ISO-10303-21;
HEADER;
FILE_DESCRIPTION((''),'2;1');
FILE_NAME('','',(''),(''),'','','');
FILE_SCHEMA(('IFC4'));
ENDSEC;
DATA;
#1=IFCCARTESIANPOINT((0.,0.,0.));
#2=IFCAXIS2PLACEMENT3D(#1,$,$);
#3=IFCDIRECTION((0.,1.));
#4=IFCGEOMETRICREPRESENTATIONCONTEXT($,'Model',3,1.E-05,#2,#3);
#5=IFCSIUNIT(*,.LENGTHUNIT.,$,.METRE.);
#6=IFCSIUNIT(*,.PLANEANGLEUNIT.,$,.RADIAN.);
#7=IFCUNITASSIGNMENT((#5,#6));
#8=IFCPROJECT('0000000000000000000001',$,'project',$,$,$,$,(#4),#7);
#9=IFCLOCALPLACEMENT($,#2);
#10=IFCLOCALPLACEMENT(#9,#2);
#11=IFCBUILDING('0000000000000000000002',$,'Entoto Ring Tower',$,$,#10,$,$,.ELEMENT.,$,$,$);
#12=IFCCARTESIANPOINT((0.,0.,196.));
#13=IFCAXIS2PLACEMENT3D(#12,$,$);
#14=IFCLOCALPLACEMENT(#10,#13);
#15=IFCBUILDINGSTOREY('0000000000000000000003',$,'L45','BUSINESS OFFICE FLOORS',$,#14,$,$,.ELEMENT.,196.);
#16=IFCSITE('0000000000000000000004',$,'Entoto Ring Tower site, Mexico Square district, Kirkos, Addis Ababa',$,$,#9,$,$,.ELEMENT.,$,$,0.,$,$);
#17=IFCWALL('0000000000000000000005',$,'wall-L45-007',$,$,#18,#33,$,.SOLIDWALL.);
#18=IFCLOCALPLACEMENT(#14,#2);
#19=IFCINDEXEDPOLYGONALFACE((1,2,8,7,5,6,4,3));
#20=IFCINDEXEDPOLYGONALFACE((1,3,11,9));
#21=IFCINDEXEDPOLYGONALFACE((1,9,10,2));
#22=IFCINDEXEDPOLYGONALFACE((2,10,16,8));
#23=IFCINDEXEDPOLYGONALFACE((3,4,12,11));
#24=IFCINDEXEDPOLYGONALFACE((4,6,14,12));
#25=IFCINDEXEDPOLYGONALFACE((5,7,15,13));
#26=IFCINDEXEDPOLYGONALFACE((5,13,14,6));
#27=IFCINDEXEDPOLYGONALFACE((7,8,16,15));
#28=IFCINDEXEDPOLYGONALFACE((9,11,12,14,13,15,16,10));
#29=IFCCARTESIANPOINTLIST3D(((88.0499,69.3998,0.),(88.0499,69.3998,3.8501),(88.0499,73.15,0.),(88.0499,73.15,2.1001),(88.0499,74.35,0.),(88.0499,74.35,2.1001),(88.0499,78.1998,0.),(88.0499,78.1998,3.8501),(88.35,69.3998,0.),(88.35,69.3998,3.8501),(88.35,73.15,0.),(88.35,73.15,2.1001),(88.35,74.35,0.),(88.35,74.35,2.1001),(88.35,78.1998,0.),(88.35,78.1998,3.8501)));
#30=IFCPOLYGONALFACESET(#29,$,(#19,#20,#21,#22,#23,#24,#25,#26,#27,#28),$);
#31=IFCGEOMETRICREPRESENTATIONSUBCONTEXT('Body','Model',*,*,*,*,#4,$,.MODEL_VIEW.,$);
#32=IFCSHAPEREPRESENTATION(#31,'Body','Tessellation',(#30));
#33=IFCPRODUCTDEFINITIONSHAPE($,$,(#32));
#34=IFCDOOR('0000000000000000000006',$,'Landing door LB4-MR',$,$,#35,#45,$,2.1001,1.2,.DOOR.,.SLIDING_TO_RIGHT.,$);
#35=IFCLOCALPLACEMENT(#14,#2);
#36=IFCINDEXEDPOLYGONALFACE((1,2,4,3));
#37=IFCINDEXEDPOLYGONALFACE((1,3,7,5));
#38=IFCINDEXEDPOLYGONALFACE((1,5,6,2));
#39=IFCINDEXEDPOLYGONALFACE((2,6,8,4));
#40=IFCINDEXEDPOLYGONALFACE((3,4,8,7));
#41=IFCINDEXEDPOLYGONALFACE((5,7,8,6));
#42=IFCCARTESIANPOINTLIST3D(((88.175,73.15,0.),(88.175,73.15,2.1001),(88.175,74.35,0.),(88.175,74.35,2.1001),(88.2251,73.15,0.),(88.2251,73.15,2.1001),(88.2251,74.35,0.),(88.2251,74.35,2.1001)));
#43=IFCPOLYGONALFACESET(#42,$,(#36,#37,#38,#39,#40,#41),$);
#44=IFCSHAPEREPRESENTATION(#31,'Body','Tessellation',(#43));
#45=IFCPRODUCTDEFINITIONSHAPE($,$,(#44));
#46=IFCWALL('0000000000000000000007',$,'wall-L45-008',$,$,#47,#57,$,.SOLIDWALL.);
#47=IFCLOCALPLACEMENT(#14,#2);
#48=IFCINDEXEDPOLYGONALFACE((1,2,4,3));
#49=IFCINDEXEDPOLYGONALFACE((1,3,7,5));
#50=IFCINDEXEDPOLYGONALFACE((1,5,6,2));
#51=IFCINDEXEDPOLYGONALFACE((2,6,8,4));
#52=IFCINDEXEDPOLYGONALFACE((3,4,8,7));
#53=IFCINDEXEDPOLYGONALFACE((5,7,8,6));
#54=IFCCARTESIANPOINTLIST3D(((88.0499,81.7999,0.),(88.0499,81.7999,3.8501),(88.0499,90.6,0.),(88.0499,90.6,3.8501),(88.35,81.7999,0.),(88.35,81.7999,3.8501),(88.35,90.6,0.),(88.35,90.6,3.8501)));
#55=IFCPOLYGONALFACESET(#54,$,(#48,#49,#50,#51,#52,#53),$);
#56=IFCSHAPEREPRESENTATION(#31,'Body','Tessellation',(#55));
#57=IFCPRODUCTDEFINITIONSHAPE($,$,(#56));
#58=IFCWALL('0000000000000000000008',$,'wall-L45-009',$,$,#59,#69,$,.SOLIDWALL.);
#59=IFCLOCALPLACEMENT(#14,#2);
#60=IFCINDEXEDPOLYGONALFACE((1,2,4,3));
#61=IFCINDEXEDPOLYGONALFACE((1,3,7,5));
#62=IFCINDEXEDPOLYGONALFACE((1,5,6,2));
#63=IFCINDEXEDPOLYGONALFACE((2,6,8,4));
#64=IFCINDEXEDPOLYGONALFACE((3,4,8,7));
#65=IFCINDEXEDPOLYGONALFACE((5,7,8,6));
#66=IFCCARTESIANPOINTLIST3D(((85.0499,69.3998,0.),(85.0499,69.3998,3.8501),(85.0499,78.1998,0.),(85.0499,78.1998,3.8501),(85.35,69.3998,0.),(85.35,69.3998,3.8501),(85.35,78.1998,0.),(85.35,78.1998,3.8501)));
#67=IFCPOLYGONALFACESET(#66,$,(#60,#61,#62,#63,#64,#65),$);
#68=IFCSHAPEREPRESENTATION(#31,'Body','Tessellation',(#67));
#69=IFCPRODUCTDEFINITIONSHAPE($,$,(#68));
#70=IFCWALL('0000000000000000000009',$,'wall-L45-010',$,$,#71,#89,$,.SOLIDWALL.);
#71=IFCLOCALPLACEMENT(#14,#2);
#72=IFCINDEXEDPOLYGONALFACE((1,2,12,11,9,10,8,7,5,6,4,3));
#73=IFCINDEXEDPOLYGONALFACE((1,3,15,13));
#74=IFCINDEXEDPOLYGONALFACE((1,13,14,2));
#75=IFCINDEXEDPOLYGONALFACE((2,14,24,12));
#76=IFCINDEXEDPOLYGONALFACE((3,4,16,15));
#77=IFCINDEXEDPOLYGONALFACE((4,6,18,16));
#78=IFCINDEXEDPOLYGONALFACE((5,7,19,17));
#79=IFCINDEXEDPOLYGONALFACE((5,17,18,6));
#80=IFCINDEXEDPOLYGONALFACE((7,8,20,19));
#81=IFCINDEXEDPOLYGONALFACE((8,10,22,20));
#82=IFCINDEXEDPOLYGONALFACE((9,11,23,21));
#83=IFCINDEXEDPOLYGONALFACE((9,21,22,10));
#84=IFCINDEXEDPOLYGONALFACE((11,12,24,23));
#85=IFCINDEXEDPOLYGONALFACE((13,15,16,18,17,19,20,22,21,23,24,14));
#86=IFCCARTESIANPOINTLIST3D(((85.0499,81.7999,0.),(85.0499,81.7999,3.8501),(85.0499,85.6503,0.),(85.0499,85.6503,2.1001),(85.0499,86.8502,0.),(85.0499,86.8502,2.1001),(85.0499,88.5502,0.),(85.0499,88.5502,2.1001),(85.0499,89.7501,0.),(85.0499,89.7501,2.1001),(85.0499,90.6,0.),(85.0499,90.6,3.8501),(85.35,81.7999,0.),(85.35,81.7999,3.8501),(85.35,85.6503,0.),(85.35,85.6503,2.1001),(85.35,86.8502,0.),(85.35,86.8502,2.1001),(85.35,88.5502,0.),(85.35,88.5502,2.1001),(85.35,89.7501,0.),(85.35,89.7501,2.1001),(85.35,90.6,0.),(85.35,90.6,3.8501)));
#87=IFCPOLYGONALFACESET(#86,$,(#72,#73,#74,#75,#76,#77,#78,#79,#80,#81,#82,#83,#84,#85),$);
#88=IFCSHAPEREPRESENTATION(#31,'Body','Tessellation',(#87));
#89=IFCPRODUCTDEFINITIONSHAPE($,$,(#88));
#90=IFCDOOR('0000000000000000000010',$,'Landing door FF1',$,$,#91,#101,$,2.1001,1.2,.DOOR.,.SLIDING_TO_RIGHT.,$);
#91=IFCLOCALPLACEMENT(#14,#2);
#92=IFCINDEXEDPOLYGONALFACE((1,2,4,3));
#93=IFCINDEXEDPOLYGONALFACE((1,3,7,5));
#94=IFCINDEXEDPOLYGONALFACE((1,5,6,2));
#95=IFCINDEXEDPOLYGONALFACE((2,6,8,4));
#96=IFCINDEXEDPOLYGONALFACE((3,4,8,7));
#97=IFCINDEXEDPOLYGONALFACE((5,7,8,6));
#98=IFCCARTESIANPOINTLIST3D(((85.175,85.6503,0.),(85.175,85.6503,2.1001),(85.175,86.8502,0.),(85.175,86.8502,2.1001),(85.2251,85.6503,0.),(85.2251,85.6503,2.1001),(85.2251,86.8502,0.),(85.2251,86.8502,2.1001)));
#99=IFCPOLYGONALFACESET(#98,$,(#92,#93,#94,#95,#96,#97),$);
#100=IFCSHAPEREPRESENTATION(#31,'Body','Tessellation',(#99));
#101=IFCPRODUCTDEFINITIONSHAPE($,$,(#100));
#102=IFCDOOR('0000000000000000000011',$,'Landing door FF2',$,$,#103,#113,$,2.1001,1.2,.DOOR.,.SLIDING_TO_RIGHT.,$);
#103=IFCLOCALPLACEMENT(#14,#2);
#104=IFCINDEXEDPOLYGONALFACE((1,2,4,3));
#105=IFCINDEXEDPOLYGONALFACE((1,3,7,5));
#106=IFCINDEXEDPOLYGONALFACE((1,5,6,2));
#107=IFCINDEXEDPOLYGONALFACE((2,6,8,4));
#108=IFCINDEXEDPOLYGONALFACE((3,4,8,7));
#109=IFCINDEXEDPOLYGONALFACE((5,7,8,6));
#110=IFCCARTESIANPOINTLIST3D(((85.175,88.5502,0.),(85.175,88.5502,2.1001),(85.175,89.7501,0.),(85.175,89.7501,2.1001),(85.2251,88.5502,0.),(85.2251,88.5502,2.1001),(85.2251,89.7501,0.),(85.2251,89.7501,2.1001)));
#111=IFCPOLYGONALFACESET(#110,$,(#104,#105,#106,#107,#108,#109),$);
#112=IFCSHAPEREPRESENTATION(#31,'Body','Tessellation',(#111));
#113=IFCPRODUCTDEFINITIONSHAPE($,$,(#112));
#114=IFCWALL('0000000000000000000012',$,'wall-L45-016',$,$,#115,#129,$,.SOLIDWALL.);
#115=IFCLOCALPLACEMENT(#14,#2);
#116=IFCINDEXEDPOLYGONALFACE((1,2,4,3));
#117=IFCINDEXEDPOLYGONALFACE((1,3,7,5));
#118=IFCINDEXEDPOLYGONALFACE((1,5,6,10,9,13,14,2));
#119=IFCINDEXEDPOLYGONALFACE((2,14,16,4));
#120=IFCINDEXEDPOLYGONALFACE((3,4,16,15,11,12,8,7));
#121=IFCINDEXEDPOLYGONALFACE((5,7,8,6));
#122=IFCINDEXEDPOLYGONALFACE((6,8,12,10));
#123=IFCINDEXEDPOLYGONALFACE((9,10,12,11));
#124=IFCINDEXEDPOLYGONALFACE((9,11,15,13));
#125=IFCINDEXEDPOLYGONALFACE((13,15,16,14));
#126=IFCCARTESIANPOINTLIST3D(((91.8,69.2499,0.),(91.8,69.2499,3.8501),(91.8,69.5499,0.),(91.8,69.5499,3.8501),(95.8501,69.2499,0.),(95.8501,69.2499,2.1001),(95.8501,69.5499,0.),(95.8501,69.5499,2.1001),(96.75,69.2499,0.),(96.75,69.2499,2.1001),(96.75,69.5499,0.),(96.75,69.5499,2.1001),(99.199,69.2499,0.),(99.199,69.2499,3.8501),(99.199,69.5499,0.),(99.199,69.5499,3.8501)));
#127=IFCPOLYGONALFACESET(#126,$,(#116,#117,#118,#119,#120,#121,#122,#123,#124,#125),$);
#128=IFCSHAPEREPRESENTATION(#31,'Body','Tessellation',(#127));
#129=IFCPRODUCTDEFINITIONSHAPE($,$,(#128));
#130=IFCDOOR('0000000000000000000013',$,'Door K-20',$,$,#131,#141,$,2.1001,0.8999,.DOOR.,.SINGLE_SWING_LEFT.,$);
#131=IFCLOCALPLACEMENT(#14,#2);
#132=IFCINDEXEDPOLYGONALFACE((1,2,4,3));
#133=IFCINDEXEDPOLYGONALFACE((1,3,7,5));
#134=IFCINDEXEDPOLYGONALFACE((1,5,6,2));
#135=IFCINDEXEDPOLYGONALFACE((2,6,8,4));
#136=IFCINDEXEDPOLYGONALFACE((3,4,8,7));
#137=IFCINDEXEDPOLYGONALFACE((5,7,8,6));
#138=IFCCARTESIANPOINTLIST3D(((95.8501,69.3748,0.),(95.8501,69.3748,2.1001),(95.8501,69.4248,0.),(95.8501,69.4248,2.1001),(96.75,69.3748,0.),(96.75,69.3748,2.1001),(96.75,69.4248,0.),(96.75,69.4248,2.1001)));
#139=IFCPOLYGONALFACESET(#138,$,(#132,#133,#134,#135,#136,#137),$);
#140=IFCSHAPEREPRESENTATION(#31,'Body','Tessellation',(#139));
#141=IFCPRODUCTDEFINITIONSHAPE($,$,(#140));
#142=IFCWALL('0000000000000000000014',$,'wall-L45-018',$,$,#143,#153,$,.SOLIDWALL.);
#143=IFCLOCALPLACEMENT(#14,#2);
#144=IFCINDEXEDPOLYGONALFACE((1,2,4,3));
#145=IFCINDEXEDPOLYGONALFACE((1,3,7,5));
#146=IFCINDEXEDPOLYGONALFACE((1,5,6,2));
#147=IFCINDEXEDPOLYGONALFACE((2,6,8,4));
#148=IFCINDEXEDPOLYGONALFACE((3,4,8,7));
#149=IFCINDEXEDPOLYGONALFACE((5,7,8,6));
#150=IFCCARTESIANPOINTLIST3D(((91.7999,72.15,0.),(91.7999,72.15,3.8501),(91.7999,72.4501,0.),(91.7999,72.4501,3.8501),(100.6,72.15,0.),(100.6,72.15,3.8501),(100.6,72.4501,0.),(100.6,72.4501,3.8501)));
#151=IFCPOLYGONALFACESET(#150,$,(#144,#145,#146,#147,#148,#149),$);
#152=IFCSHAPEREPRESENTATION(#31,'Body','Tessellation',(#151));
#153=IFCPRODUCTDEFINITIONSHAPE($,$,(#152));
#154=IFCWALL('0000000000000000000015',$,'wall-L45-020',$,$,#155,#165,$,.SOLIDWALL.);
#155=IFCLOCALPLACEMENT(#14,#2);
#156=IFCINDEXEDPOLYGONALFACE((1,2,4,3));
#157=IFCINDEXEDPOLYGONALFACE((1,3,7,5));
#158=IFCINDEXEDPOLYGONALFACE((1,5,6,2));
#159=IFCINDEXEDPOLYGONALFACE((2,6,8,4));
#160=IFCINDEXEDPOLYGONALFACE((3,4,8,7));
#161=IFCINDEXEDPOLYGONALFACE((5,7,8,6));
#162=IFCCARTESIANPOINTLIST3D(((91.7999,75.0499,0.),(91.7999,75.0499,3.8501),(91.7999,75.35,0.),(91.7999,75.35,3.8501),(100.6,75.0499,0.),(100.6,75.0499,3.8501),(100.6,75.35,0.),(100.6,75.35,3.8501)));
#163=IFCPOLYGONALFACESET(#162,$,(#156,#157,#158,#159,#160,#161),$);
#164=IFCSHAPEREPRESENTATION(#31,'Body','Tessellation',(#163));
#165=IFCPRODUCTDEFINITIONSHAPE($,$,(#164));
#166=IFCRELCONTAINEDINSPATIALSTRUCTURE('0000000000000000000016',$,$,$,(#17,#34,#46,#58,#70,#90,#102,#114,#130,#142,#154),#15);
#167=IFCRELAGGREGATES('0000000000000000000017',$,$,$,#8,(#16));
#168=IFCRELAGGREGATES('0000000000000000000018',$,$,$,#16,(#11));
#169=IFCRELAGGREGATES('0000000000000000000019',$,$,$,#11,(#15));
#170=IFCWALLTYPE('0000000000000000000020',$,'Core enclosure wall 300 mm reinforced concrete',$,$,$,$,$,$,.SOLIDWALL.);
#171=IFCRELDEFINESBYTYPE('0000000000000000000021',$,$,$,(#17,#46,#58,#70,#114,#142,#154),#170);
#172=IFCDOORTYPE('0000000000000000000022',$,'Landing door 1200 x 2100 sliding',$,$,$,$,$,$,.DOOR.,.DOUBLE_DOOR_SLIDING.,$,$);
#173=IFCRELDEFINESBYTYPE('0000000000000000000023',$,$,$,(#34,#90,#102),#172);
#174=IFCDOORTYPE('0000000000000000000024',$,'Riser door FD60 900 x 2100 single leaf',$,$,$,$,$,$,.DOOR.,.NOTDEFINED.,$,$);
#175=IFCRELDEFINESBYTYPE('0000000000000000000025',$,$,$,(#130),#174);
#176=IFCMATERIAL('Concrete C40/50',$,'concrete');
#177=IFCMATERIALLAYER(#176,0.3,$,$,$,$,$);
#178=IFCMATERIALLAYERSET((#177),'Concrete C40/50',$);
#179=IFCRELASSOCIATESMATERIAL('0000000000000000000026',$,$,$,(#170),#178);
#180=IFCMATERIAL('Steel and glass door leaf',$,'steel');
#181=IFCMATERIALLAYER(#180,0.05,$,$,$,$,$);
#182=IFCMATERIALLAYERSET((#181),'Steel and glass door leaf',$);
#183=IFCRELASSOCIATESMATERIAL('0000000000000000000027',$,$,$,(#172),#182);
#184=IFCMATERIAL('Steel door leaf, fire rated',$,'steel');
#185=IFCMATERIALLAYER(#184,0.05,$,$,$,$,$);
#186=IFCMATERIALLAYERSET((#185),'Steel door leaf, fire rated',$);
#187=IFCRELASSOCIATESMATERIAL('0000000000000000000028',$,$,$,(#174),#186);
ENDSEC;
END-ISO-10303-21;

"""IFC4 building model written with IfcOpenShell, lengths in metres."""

from ifc_helpers import new_model, si_unit, direction, frame, frame_2d, origin, place, context, subcontext, project, spatial, rectangle, extrude, material, layer, layer_set, type_object, element, fill, save


model = new_model("IFC4")

# Units and contexts
model_context = context("Model", 3, precision=1e-05, world=origin(), true_north=direction((0.0, 1.0)))
body_context = subcontext(model_context, "Body", "Model", "MODEL_VIEW")
ifc_project = project(units=[si_unit("LENGTHUNIT", "METRE"), si_unit("PLANEANGLEUNIT", "RADIAN")], contexts=[model_context])

# Site, building, storey
site_placement = place(None, origin())
site = spatial("IfcSite", under=ifc_project, at=site_placement, Name="Entoto Ring Tower site, Mexico Square district, Kirkos, Addis Ababa", CompositionType="ELEMENT", RefElevation=0.0)
building_placement = place(site_placement, origin())
building = spatial("IfcBuilding", under=site, at=building_placement, Name="Entoto Ring Tower", CompositionType="ELEMENT")
storey_placement = place(building_placement, frame((0.0, 0.0, 196.0)))
storey = spatial("IfcBuildingStorey", under=building, at=storey_placement, Name="L45", Description="BUSINESS OFFICE FLOORS", CompositionType="ELEMENT", Elevation=196.0)

# Shared definitions
ifc_material_1 = material(Name="Concrete C40/50", Category="concrete")
ifc_layer_1 = layer(ifc_material_1, 0.3)
ifc_layer_set_1 = layer_set([ifc_layer_1], Name="Concrete C40/50")
wall_type_1 = type_object("IfcWallType", Name="Core enclosure wall 300 mm reinforced concrete", PredefinedType="SOLIDWALL", material=ifc_layer_set_1)

# Shared definitions
ifc_material_2 = material(Name="Steel and glass door leaf", Category="steel")
ifc_layer_2 = layer(ifc_material_2, 0.05)
ifc_layer_set_2 = layer_set([ifc_layer_2], Name="Steel and glass door leaf")
door_type_1 = type_object("IfcDoorType", Name="Landing door 1200 x 2100 sliding", OperationType="DOUBLE_DOOR_SLIDING", PredefinedType="DOOR", material=ifc_layer_set_2)

# Wall, opening, door
wall_1_placement = place(storey_placement, frame((88.2, 69.3999, 0.0), z_axis=(0.0, 0.0, 1.0), x_axis=(0.0, 1.0, 0.0)))
wall_1 = element("IfcWall", 1, at=wall_1_placement, inside=storey, type_object=wall_type_1, Name="wall-L45-007", PredefinedType="SOLIDWALL", context=body_context, shape_type="SweptSolid", body=[
    extrude(rectangle(XDim=8.8, YDim=0.3, at=frame_2d((4.3999, 0.0))), origin(), (0.0, 0.0, 1.0), 3.8501),
])
opening_1_placement = place(wall_1_placement, frame((3.75, 0.0, 0.0)))
opening_1 = element("IfcOpeningElement", 2, at=opening_1_placement, cuts=wall_1, PredefinedType="OPENING", context=body_context, shape_type="SweptSolid", body=[
    extrude(rectangle(XDim=1.2, YDim=2.1001, at=frame_2d((0.6001, 1.05))), frame((0.0, 0.1602, 0.0), z_axis=(0.0, -1.0, 0.0), x_axis=(1.0, 0.0, 0.0)), (0.0, 0.0, 1.0), 0.3201),
])
door_1_placement = place(opening_1_placement, origin())
door_1 = element("IfcDoor", 3, at=door_1_placement, inside=storey, type_object=door_type_1, Name="Landing door LB4-MR", OperationType="SLIDING_TO_RIGHT", OverallHeight=2.1001, OverallWidth=1.2, PredefinedType="DOOR", context=body_context, shape_type="SweptSolid", body=[
    extrude(rectangle(XDim=1.2, YDim=2.1001, at=frame_2d((0.6001, 1.05))), frame((0.0, 0.0249, 0.0), z_axis=(0.0, -1.0, 0.0), x_axis=(1.0, 0.0, 0.0)), (0.0, 0.0, 1.0), 0.05),
])
fill(opening_1, door_1)

# Walls
for number, where, z_axis, x_axis, name in (
    (4, (88.2, 81.8, 0.0), (0.0, 0.0, 1.0), (0.0, 1.0, 0.0), "wall-L45-008"),
    (5, (85.2, 69.3999, 0.0), (0.0, 0.0, 1.0), (0.0, 1.0, 0.0), "wall-L45-009"),
):
    element("IfcWall", number, at=place(storey_placement, frame(where, z_axis=z_axis, x_axis=x_axis)), inside=storey, type_object=wall_type_1, Name=name, PredefinedType="SOLIDWALL", context=body_context, shape_type="SweptSolid", body=[
        extrude(rectangle(XDim=8.8, YDim=0.3, at=frame_2d((4.3999, 0.0))), origin(), (0.0, 0.0, 1.0), 3.8501),
    ])

# Wall, openings, doors
wall_2_placement = place(storey_placement, frame((85.2, 81.8, 0.0), z_axis=(0.0, 0.0, 1.0), x_axis=(0.0, 1.0, 0.0)))
wall_2 = element("IfcWall", 6, at=wall_2_placement, inside=storey, type_object=wall_type_1, Name="wall-L45-010", PredefinedType="SOLIDWALL", context=body_context, shape_type="SweptSolid", body=[
    extrude(rectangle(XDim=8.8, YDim=0.3, at=frame_2d((4.3999, 0.0))), origin(), (0.0, 0.0, 1.0), 3.8501),
])
opening_2_placement = place(wall_2_placement, frame((3.8501, 0.0, 0.0)))
opening_2 = element("IfcOpeningElement", 7, at=opening_2_placement, cuts=wall_2, PredefinedType="OPENING", context=body_context, shape_type="SweptSolid", body=[
    extrude(rectangle(XDim=1.2, YDim=2.1001, at=frame_2d((0.6001, 1.05))), frame((0.0, 0.1602, 0.0), z_axis=(0.0, -1.0, 0.0), x_axis=(1.0, 0.0, 0.0)), (0.0, 0.0, 1.0), 0.3201),
])
opening_3_placement = place(wall_2_placement, frame((6.75, 0.0, 0.0)))
opening_3 = element("IfcOpeningElement", 8, at=opening_3_placement, cuts=wall_2, PredefinedType="OPENING", context=body_context, shape_type="SweptSolid", body=[
    extrude(rectangle(XDim=1.2, YDim=2.1001, at=frame_2d((0.6001, 1.05))), frame((0.0, 0.1602, 0.0), z_axis=(0.0, -1.0, 0.0), x_axis=(1.0, 0.0, 0.0)), (0.0, 0.0, 1.0), 0.3201),
])
door_2_placement = place(opening_2_placement, origin())
door_2 = element("IfcDoor", 9, at=door_2_placement, inside=storey, type_object=door_type_1, Name="Landing door FF1", OperationType="SLIDING_TO_RIGHT", OverallHeight=2.1001, OverallWidth=1.2, PredefinedType="DOOR", context=body_context, shape_type="SweptSolid", body=[
    extrude(rectangle(XDim=1.2, YDim=2.1001, at=frame_2d((0.6001, 1.05))), frame((0.0, 0.0249, 0.0), z_axis=(0.0, -1.0, 0.0), x_axis=(1.0, 0.0, 0.0)), (0.0, 0.0, 1.0), 0.05),
])
fill(opening_2, door_2)
door_3_placement = place(opening_3_placement, origin())
door_3 = element("IfcDoor", 10, at=door_3_placement, inside=storey, type_object=door_type_1, Name="Landing door FF2", OperationType="SLIDING_TO_RIGHT", OverallHeight=2.1001, OverallWidth=1.2, PredefinedType="DOOR", context=body_context, shape_type="SweptSolid", body=[
    extrude(rectangle(XDim=1.2, YDim=2.1001, at=frame_2d((0.6001, 1.05))), frame((0.0, 0.0249, 0.0), z_axis=(0.0, -1.0, 0.0), x_axis=(1.0, 0.0, 0.0)), (0.0, 0.0, 1.0), 0.05),
])
fill(opening_3, door_3)

# Wall, opening, door
wall_3_placement = place(storey_placement, frame((91.8, 69.3999, 0.0), z_axis=(0.0, 0.0, 1.0), x_axis=(1.0, 0.0, 0.0)))
wall_3 = element("IfcWall", 11, at=wall_3_placement, inside=storey, type_object=wall_type_1, Name="wall-L45-016", PredefinedType="SOLIDWALL", context=body_context, shape_type="SweptSolid", body=[
    extrude(rectangle(XDim=7.3989, YDim=0.3, at=frame_2d((3.6995, 0.0))), origin(), (0.0, 0.0, 1.0), 3.8501),
])
opening_4_placement = place(wall_3_placement, frame((4.05, 0.0, 0.0)))
opening_4 = element("IfcOpeningElement", 12, at=opening_4_placement, cuts=wall_3, PredefinedType="OPENING", context=body_context, shape_type="SweptSolid", body=[
    extrude(rectangle(XDim=0.8999, YDim=2.1001, at=frame_2d((0.45, 1.05))), frame((0.0, 0.1602, 0.0), z_axis=(0.0, -1.0, 0.0), x_axis=(1.0, 0.0, 0.0)), (0.0, 0.0, 1.0), 0.3201),
])
ifc_material_3 = material(Name="Steel door leaf, fire rated", Category="steel")
ifc_layer_3 = layer(ifc_material_3, 0.05)
ifc_layer_set_3 = layer_set([ifc_layer_3], Name="Steel door leaf, fire rated")
door_type_2 = type_object("IfcDoorType", Name="Riser door FD60 900 x 2100 single leaf", OperationType="NOTDEFINED", PredefinedType="DOOR", material=ifc_layer_set_3)
door_4_placement = place(opening_4_placement, origin())
door_4 = element("IfcDoor", 13, at=door_4_placement, inside=storey, type_object=door_type_2, Name="Door K-20", OperationType="SINGLE_SWING_LEFT", OverallHeight=2.1001, OverallWidth=0.8999, PredefinedType="DOOR", context=body_context, shape_type="SweptSolid", body=[
    extrude(rectangle(XDim=0.8999, YDim=2.1001, at=frame_2d((0.45, 1.05))), frame((0.0, 0.0249, 0.0), z_axis=(0.0, -1.0, 0.0), x_axis=(1.0, 0.0, 0.0)), (0.0, 0.0, 1.0), 0.05),
])
fill(opening_4, door_4)

# Walls
for number, where, z_axis, x_axis, name in (
    (14, (91.8, 72.3, 0.0), (0.0, 0.0, 1.0), (1.0, 0.0, 0.0), "wall-L45-018"),
    (15, (91.8, 75.2, 0.0), (0.0, 0.0, 1.0), (1.0, 0.0, 0.0), "wall-L45-020"),
):
    element("IfcWall", number, at=place(storey_placement, frame(where, z_axis=z_axis, x_axis=x_axis)), inside=storey, type_object=wall_type_1, Name=name, PredefinedType="SOLIDWALL", context=body_context, shape_type="SweptSolid", body=[
        extrude(rectangle(XDim=8.8, YDim=0.3, at=frame_2d((4.3999, 0.0))), origin(), (0.0, 0.0, 1.0), 3.8501),
    ])

save(model, "model.ifc")
